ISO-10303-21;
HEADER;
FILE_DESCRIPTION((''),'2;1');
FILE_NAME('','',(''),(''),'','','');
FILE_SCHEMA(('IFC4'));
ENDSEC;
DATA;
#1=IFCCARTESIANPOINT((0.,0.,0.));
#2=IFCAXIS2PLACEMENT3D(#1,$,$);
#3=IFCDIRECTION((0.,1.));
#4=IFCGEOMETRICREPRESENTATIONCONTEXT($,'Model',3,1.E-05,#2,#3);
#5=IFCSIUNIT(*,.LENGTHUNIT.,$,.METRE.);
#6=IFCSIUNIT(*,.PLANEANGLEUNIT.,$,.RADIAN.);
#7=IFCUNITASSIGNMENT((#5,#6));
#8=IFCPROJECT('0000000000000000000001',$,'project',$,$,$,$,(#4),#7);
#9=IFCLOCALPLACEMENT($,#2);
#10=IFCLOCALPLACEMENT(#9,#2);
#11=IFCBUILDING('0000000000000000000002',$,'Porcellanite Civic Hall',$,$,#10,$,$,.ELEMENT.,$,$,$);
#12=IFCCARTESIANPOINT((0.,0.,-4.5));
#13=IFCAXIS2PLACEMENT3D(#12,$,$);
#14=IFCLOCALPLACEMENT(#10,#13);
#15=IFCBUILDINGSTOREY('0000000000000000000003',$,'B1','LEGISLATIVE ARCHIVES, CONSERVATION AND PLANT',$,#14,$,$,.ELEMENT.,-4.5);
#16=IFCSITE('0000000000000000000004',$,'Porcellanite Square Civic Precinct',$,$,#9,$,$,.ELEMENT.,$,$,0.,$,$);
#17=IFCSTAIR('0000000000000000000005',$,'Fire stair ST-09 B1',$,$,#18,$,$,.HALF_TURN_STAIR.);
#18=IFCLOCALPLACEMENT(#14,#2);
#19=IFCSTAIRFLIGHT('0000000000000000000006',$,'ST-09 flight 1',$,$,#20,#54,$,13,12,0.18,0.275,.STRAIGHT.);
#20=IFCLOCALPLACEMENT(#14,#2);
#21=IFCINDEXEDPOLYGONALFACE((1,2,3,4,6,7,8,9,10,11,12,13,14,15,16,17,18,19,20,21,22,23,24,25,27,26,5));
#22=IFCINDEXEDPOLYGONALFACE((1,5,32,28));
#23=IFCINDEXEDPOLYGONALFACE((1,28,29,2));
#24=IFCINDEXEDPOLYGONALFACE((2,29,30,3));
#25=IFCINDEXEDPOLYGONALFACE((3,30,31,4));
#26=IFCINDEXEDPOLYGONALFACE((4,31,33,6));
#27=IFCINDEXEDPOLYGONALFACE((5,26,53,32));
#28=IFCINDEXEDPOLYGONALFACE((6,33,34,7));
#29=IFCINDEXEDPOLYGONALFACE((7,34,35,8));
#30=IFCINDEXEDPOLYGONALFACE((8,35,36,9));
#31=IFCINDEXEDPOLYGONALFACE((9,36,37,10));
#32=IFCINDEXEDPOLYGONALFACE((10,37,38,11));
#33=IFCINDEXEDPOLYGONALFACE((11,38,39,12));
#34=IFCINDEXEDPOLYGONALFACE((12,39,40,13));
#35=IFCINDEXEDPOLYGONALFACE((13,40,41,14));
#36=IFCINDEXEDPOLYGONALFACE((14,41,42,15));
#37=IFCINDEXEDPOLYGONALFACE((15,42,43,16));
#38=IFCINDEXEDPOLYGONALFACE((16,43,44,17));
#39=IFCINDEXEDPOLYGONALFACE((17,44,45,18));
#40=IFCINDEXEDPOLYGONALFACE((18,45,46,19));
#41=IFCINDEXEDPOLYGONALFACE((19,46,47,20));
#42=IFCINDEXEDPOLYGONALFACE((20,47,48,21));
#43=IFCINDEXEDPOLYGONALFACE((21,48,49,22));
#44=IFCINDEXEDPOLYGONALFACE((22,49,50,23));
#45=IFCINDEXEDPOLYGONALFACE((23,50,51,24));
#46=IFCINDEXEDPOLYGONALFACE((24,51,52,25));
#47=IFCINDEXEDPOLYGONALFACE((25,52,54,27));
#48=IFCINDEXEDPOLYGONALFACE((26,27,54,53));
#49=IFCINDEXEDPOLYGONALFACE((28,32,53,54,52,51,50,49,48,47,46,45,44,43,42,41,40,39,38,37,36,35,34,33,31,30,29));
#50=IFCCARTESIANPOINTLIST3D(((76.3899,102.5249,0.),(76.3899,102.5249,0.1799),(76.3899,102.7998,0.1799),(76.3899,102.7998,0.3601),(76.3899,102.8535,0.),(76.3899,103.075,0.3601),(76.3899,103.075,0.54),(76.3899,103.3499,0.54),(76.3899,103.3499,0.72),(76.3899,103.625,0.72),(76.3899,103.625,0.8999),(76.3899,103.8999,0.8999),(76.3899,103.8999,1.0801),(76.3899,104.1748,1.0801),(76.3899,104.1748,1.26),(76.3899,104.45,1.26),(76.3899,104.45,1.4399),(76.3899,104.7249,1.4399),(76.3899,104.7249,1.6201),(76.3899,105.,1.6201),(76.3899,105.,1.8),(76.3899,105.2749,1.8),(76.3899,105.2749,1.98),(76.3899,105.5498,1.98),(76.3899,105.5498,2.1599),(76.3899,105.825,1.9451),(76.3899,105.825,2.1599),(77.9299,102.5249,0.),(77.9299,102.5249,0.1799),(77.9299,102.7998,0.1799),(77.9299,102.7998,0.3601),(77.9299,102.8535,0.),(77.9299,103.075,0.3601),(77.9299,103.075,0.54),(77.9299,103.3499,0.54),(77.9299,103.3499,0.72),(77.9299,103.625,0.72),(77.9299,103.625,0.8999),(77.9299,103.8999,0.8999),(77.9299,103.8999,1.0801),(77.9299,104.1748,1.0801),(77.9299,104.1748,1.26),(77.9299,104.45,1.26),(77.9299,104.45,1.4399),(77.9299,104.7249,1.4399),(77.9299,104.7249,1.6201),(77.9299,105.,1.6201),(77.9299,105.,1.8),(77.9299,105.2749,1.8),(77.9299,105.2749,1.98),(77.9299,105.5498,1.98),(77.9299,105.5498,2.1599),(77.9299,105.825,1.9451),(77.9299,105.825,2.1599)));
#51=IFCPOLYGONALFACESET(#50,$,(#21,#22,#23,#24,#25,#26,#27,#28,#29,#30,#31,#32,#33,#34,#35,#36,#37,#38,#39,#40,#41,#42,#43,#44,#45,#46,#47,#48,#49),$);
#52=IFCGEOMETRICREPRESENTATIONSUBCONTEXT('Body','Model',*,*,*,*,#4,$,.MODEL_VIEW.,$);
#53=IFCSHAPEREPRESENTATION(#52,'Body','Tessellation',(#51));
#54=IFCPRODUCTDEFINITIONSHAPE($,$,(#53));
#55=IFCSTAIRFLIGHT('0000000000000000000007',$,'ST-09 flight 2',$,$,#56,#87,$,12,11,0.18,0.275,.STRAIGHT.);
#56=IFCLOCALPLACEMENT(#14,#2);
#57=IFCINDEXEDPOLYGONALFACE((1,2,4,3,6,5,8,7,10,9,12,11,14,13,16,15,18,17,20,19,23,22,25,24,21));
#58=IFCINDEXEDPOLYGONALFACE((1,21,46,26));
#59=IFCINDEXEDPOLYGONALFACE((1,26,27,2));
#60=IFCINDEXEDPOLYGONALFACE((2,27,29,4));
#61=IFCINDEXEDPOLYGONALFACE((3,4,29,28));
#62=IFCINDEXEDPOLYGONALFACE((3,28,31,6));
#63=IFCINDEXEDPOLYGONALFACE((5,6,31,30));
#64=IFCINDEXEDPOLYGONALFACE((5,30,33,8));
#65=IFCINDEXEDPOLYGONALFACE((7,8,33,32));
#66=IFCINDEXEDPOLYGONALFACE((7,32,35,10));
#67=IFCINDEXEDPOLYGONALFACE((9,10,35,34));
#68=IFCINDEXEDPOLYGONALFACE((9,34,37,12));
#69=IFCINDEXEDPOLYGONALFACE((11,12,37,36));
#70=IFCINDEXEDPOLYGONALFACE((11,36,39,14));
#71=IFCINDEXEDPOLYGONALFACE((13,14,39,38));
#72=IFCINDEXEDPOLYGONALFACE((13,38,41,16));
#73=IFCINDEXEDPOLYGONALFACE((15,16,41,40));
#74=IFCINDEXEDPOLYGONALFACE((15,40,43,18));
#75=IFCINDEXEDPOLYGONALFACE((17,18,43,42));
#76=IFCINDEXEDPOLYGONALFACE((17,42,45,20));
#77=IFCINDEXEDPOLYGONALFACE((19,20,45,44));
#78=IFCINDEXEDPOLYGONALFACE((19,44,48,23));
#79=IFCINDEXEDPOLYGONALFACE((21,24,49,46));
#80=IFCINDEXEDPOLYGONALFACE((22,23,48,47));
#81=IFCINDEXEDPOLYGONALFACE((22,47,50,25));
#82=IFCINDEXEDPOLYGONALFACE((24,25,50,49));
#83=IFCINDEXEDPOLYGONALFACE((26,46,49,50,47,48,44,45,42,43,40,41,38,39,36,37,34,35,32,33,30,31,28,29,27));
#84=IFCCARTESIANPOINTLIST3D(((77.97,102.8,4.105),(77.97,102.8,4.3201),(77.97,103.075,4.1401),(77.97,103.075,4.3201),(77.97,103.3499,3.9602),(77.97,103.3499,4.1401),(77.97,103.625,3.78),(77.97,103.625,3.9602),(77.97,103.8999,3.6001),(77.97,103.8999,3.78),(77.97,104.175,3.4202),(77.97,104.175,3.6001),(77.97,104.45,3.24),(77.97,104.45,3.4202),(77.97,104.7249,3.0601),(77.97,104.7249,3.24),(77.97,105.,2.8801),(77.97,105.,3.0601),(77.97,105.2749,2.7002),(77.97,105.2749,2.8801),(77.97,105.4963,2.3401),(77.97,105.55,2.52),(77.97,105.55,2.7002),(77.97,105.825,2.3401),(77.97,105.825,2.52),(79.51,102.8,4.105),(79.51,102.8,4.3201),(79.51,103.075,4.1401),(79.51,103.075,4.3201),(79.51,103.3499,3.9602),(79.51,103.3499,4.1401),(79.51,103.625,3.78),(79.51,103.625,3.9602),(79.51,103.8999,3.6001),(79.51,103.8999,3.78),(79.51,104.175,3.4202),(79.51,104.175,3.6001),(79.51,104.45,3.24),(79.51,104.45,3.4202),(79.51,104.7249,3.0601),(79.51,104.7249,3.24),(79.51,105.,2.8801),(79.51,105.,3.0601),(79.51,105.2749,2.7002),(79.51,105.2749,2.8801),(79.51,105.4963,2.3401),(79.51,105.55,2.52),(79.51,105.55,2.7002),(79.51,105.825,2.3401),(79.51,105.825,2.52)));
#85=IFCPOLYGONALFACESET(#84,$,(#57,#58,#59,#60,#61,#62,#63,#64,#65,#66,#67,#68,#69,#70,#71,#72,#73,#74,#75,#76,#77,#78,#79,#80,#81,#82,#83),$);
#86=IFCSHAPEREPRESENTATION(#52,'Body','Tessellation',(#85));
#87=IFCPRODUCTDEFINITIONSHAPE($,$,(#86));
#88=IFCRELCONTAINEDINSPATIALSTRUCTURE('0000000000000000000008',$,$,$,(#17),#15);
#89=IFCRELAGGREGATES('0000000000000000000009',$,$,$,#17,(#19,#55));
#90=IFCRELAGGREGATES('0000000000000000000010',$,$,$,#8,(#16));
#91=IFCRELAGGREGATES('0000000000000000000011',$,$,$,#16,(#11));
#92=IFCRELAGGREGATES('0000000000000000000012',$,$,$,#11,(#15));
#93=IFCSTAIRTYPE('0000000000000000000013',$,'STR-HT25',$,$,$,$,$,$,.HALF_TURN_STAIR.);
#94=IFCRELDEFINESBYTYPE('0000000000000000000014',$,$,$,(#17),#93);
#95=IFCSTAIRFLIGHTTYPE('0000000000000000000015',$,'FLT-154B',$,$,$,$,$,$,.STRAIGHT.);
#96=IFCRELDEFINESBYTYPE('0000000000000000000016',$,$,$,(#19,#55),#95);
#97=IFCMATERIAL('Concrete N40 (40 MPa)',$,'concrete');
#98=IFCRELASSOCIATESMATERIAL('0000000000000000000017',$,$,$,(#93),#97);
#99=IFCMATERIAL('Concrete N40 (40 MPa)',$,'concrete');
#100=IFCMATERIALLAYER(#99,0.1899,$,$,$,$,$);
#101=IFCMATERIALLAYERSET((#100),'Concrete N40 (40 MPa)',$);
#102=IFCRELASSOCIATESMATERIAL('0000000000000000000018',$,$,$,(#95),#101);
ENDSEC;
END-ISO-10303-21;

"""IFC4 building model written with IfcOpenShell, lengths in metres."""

from ifc_helpers import new_model, si_unit, direction, frame, origin, place, context, subcontext, project, spatial, polyline, outline, extrude, material, layer, layer_set, type_object, element, aggregate, save


model = new_model("IFC4")

# Units and contexts
model_context = context("Model", 3, precision=1e-05, world=origin(), true_north=direction((0.0, 1.0)))
body_context = subcontext(model_context, "Body", "Model", "MODEL_VIEW")
ifc_project = project(units=[si_unit("LENGTHUNIT", "METRE"), si_unit("PLANEANGLEUNIT", "RADIAN")], contexts=[model_context])

# Site, building, storey
site_placement = place(None, origin())
site = spatial("IfcSite", under=ifc_project, at=site_placement, Name="Porcellanite Square Civic Precinct", CompositionType="ELEMENT", RefElevation=0.0)
building_placement = place(site_placement, origin())
building = spatial("IfcBuilding", under=site, at=building_placement, Name="Porcellanite Civic Hall", CompositionType="ELEMENT")
storey_placement = place(building_placement, frame((0.0, 0.0, -4.5)))
storey = spatial("IfcBuildingStorey", under=building, at=storey_placement, Name="B1", Description="LEGISLATIVE ARCHIVES, CONSERVATION AND PLANT", CompositionType="ELEMENT", Elevation=-4.5)

# Stair, stair flights
ifc_material_1 = material(Name="Concrete N40 (40 MPa)", Category="concrete")
stair_type = type_object("IfcStairType", Name="STR-HT25", PredefinedType="HALF_TURN_STAIR", material=ifc_material_1)
stair_placement = place(storey_placement, origin())
stair = element("IfcStair", 1, at=stair_placement, inside=storey, type_object=stair_type, Name="Fire stair ST-09 B1", PredefinedType="HALF_TURN_STAIR")
ifc_material_2 = material(Name="Concrete N40 (40 MPa)", Category="concrete")
ifc_layer_1 = layer(ifc_material_2, 0.1899)
ifc_layer_set_1 = layer_set([ifc_layer_1], Name="Concrete N40 (40 MPa)")
stair_flight_type = type_object("IfcStairFlightType", Name="FLT-154B", PredefinedType="STRAIGHT", material=ifc_layer_set_1)
stair_flight_1_placement = place(storey_placement, frame((77.1599, 102.5249, 0.0), z_axis=(0.0, 0.0, 1.0), x_axis=(0.0, 1.0, 0.0)))
stair_flight_1 = element("IfcStairFlight", 2, at=stair_flight_1_placement, type_object=stair_flight_type, Name="ST-09 flight 1", NumberOfRisers=13, NumberOfTreads=12, PredefinedType="STRAIGHT", RiserHeight=0.18, TreadLength=0.275, context=body_context, shape_type="SweptSolid", body=[
    extrude(outline(polyline([(0.0, 0.0), (0.0, 0.1799), (0.2749, 0.1799), (0.2749, 0.3601), (0.55, 0.3601), (0.55, 0.54), (0.825, 0.54), (0.825, 0.72), (1.1001, 0.72), (1.1001, 0.8999), (1.375, 0.8999), (1.375, 1.0801), (1.6499, 1.0801), (1.6499, 1.26), (1.925, 1.26), (1.925, 1.4399), (2.2, 1.4399), (2.2, 1.6201), (2.4751, 1.6201), (2.4751, 1.8), (2.75, 1.8), (2.75, 1.98), (3.0249, 1.98), (3.0249, 2.1599), (3.3, 2.1599), (3.3, 2.3401), (3.3, 1.9451), (0.3286, 0.0), (0.0, 0.0)])), frame((0.0, 0.77, 0.0), z_axis=(0.0, -1.0, 0.0), x_axis=(1.0, 0.0, 0.0)), (0.0, 0.0, 1.0), 1.54),
])
stair_flight_2_placement = place(storey_placement, frame((78.74, 105.825, 2.3401), z_axis=(0.0, 0.0, 1.0), x_axis=(0.0, -1.0, 0.0)))
stair_flight_2 = element("IfcStairFlight", 3, at=stair_flight_2_placement, type_object=stair_flight_type, Name="ST-09 flight 2", NumberOfRisers=12, NumberOfTreads=11, PredefinedType="STRAIGHT", RiserHeight=0.18, TreadLength=0.275, context=body_context, shape_type="SweptSolid", body=[
    extrude(outline(polyline([(0.0, 0.0), (0.0, 0.1799), (0.2749, 0.1799), (0.2749, 0.3601), (0.55, 0.3601), (0.55, 0.54), (0.825, 0.54), (0.825, 0.72), (1.1001, 0.72), (1.1001, 0.8999), (1.375, 0.8999), (1.375, 1.0801), (1.6499, 1.0801), (1.6499, 1.26), (1.925, 1.26), (1.925, 1.4399), (2.2, 1.4399), (2.2, 1.6201), (2.4751, 1.6201), (2.4751, 1.8), (2.75, 1.8), (2.75, 1.98), (3.0249, 1.98), (3.0249, 2.1599), (3.0249, 1.7649), (0.3286, 0.0), (0.0, 0.0)])), frame((0.0, 0.77, 0.0), z_axis=(0.0, -1.0, 0.0), x_axis=(1.0, 0.0, 0.0)), (0.0, 0.0, 1.0), 1.54),
])
aggregate(stair, [stair_flight_1, stair_flight_2])

save(model, "model.ifc")
